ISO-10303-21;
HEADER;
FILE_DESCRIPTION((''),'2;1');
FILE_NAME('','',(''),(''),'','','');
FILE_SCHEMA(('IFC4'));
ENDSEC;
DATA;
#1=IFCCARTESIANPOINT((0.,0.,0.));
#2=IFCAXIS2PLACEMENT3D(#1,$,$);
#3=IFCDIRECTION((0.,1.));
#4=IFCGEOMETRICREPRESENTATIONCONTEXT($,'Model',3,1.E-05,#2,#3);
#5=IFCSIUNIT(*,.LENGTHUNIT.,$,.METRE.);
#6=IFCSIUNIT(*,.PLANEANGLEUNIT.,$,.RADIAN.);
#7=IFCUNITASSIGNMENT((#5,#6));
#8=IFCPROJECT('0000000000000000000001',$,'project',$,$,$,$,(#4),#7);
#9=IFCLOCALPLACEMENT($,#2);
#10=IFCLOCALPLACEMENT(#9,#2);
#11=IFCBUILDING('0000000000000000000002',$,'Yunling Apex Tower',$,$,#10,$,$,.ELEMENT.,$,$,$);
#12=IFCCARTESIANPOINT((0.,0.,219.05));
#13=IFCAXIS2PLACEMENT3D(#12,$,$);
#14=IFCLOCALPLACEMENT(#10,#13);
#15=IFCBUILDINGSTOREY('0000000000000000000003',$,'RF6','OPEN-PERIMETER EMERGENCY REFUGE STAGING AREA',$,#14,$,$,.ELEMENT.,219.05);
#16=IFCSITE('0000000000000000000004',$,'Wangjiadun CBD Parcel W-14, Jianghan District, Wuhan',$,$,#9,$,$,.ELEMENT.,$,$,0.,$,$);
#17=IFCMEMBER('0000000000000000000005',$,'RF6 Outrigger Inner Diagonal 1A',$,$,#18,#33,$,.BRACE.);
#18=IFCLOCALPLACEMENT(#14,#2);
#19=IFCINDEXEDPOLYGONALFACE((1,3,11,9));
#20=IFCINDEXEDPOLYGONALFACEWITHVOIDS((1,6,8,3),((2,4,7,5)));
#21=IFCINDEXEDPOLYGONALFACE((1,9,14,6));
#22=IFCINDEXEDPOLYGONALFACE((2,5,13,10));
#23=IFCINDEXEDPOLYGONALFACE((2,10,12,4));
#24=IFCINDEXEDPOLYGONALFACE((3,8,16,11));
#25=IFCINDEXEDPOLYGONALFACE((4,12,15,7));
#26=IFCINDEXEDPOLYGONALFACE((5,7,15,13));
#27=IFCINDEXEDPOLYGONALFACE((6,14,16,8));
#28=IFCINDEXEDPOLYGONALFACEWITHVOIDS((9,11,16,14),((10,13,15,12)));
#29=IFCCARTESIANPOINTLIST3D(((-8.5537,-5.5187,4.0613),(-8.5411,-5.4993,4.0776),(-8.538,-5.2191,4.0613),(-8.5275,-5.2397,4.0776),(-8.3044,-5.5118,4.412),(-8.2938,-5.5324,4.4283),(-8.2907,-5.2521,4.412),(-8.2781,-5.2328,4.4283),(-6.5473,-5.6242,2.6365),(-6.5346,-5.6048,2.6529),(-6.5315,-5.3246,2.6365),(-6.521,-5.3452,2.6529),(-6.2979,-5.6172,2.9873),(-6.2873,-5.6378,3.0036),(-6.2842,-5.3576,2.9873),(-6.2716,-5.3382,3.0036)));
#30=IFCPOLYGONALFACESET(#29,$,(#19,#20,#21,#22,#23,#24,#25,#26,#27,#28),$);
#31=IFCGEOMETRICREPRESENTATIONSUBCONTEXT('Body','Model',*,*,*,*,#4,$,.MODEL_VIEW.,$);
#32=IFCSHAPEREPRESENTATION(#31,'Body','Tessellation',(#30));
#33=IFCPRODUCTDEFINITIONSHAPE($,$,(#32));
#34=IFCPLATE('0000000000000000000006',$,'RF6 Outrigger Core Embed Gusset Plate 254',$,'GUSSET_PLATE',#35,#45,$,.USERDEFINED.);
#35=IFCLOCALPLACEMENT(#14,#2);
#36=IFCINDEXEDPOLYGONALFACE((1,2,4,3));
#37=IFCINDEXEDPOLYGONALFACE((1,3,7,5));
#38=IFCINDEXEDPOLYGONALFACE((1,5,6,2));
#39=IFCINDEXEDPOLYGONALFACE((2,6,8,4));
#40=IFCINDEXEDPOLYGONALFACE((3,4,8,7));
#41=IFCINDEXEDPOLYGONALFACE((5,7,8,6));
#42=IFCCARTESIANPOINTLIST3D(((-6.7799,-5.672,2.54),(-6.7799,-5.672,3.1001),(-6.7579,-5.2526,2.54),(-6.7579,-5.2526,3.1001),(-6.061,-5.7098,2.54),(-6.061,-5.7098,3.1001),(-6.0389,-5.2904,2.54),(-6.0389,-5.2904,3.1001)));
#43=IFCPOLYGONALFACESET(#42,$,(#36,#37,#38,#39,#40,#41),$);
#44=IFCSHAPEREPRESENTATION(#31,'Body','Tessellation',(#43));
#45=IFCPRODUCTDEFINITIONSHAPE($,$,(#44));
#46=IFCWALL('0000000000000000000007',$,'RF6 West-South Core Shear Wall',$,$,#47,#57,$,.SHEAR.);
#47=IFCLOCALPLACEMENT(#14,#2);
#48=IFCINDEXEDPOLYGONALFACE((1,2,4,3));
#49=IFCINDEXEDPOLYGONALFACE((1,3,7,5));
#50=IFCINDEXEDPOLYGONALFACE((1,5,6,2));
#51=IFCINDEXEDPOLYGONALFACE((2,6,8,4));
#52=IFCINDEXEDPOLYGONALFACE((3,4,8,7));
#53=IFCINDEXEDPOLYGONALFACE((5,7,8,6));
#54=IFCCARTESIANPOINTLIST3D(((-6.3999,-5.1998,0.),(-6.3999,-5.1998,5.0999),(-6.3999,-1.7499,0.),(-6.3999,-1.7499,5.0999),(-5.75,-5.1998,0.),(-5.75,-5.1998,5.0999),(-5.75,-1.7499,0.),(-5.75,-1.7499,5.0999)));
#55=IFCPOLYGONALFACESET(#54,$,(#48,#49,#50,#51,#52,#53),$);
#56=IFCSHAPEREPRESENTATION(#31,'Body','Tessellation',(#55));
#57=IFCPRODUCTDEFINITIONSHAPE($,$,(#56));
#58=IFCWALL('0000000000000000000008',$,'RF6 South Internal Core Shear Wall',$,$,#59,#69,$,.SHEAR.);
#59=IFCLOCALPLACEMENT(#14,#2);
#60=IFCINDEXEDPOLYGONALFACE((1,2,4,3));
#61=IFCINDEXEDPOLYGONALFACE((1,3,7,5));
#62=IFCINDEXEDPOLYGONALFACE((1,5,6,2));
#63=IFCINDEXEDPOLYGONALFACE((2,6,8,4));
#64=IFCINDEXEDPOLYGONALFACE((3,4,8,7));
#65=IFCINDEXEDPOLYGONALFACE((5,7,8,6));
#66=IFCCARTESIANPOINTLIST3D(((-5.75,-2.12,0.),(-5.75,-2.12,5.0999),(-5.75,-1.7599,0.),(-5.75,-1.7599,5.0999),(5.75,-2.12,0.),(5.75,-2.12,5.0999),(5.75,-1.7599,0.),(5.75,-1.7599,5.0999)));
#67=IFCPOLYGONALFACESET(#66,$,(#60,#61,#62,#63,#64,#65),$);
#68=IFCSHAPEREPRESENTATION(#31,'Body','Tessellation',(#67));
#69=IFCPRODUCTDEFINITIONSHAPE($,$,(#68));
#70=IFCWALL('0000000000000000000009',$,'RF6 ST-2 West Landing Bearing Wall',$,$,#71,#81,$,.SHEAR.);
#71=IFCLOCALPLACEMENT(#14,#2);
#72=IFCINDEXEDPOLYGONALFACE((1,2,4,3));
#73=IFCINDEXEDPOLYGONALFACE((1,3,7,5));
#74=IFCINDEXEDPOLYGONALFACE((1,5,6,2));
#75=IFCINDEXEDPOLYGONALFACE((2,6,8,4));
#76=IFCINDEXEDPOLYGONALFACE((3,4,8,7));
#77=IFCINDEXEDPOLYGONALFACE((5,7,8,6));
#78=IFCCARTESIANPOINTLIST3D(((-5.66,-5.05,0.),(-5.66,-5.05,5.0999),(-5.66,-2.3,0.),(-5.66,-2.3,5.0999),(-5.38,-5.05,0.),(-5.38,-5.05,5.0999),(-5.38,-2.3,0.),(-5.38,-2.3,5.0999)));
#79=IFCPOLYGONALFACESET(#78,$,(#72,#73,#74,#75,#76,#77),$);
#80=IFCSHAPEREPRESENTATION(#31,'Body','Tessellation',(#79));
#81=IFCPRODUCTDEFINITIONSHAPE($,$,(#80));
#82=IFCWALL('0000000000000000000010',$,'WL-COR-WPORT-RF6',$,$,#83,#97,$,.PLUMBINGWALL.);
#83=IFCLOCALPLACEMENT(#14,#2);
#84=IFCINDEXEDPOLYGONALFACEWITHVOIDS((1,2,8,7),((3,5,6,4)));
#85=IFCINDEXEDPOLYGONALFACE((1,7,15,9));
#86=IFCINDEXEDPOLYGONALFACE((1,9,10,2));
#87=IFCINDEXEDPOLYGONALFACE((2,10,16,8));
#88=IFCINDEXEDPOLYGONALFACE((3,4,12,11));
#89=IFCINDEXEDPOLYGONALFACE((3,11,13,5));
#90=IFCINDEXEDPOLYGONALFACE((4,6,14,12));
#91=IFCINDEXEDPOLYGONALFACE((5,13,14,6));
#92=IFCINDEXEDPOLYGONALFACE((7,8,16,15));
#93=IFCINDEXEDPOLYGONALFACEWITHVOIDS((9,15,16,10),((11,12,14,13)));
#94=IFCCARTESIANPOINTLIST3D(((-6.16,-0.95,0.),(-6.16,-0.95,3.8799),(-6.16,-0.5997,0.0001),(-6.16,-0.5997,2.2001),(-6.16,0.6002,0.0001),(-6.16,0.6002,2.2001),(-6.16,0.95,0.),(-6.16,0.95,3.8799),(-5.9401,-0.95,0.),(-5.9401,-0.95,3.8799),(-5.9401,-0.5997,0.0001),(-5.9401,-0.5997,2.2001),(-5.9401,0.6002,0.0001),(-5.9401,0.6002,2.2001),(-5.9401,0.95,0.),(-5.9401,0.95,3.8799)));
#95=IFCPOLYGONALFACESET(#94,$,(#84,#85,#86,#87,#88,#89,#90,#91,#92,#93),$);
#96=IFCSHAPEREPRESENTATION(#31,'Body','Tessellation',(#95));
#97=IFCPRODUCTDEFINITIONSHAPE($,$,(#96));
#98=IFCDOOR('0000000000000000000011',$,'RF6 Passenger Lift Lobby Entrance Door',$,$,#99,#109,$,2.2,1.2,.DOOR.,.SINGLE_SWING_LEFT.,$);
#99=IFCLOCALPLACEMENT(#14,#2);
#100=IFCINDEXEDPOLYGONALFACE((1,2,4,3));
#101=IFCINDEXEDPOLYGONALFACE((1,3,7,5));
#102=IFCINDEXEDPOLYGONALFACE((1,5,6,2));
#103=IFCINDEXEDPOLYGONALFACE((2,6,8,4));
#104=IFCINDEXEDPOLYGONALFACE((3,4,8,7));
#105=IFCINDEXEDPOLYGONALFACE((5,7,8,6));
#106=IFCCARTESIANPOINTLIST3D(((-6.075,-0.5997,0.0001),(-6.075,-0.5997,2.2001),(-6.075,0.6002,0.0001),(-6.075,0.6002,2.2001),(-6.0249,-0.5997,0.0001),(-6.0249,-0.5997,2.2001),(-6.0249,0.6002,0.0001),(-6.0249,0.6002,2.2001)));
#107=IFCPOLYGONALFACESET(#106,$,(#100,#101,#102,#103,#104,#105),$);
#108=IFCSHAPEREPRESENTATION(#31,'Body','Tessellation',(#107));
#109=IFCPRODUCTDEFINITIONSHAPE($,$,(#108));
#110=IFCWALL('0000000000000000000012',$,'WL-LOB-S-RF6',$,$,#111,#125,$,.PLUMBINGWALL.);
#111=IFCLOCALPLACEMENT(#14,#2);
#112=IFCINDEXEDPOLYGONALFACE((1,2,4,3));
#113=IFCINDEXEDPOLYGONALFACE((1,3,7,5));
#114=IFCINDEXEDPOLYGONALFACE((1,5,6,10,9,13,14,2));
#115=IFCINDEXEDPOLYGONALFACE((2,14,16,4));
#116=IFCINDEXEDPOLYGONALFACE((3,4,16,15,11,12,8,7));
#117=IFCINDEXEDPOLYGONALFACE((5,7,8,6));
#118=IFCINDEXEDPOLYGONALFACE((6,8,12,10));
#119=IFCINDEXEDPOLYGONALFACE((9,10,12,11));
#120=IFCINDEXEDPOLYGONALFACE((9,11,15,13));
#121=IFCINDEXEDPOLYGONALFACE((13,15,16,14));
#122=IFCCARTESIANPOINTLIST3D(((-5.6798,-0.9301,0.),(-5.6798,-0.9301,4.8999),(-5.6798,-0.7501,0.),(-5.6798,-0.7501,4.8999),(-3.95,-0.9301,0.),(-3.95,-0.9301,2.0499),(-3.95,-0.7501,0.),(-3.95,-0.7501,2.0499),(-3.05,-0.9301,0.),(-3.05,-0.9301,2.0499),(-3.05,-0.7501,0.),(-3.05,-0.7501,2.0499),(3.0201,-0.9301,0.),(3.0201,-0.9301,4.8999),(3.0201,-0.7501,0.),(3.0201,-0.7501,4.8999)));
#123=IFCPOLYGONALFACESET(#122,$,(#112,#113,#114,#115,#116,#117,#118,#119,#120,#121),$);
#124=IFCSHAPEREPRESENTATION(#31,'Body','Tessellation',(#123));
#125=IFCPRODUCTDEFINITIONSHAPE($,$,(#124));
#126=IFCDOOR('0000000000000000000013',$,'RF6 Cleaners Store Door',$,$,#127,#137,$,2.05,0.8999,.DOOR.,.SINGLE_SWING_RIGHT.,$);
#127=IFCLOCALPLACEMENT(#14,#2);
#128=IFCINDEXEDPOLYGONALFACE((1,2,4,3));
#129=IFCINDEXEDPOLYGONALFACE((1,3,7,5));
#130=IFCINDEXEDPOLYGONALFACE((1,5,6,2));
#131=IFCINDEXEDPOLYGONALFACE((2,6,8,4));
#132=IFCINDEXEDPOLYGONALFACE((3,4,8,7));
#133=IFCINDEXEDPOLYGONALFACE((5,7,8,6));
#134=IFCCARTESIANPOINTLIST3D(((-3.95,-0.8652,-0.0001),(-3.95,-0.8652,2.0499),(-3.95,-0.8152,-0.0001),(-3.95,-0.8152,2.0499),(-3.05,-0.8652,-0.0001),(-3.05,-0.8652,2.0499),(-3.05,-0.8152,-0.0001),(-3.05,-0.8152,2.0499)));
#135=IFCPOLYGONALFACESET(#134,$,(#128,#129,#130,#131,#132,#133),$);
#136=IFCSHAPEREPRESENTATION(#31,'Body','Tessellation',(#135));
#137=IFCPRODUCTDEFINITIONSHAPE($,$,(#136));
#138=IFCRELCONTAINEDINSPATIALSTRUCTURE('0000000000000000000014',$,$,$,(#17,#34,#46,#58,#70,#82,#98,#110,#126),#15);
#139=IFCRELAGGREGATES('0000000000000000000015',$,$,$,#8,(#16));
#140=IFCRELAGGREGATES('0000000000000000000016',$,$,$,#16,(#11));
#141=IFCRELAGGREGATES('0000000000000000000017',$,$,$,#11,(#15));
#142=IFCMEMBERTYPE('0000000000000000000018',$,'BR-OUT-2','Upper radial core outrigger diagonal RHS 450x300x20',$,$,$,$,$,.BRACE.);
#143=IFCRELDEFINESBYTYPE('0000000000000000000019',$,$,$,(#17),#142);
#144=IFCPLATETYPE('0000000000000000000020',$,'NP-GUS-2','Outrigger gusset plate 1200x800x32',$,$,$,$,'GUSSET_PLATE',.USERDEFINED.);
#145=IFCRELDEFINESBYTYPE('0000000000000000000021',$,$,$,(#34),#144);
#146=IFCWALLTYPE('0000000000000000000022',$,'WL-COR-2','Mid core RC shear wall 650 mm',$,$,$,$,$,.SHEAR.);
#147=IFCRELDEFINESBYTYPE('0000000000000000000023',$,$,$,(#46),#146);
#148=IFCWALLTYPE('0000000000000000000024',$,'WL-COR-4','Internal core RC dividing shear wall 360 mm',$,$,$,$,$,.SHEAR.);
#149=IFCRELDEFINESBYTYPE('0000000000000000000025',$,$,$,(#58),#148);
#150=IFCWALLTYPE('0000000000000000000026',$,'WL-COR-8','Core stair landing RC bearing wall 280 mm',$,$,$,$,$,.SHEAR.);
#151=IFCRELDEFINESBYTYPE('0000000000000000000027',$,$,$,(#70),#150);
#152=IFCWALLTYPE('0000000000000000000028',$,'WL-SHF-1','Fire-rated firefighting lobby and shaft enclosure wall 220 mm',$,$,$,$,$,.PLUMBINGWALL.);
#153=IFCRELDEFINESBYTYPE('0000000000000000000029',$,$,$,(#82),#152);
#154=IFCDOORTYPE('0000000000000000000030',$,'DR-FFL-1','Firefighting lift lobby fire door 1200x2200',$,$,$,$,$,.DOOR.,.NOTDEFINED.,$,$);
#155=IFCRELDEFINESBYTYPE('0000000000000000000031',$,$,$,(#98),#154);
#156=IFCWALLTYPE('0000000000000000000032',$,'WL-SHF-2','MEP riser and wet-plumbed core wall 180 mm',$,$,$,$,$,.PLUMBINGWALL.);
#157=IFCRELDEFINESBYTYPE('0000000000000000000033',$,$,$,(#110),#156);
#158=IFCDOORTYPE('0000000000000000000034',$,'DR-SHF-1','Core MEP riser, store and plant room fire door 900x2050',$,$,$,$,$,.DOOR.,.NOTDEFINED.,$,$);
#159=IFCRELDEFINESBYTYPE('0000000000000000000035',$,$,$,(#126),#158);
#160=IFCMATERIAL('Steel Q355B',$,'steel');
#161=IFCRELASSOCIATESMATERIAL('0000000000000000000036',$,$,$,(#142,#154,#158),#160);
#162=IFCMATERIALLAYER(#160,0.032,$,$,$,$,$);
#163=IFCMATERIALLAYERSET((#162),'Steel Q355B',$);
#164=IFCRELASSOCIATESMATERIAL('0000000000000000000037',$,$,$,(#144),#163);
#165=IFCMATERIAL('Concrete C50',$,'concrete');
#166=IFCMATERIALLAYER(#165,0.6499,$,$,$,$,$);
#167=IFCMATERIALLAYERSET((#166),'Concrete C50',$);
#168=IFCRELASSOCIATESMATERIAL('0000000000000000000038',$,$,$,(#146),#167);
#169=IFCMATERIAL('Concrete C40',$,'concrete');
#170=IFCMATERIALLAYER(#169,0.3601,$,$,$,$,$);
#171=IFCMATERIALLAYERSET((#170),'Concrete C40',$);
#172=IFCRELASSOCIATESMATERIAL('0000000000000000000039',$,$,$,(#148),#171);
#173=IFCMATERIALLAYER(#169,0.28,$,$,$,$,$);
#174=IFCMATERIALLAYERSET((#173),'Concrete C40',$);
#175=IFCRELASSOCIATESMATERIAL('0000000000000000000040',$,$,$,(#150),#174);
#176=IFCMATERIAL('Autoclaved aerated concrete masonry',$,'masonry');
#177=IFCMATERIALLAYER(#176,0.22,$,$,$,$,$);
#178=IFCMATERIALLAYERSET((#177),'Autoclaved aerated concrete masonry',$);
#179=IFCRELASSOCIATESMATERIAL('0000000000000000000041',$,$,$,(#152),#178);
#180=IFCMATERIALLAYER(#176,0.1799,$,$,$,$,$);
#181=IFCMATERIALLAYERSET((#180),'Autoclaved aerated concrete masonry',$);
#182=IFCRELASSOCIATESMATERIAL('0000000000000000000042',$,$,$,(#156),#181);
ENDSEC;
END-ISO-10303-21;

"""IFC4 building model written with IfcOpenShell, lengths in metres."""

from ifc_helpers import new_model, si_unit, direction, frame, frame_2d, origin, origin_2d, place, context, subcontext, project, spatial, rectangle, hollow_rectangle, extrude, source, transform, mapped, material, layer, layer_set, material_profile, profile_set, type_object, element, fill, save


model = new_model("IFC4")

# Units and contexts
model_context = context("Model", 3, precision=1e-05, world=origin(), true_north=direction((0.0, 1.0)))
body_context = subcontext(model_context, "Body", "Model", "MODEL_VIEW")
ifc_project = project(units=[si_unit("LENGTHUNIT", "METRE"), si_unit("PLANEANGLEUNIT", "RADIAN")], contexts=[model_context])

# Site, building, storey
site_placement = place(None, origin())
site = spatial("IfcSite", under=ifc_project, at=site_placement, Name="Wangjiadun CBD Parcel W-14, Jianghan District, Wuhan", CompositionType="ELEMENT", RefElevation=0.0)
building_placement = place(site_placement, origin())
building = spatial("IfcBuilding", under=site, at=building_placement, Name="Yunling Apex Tower", CompositionType="ELEMENT")
storey_placement = place(building_placement, frame((0.0, 0.0, 219.05)))
storey = spatial("IfcBuildingStorey", under=building, at=storey_placement, Name="RF6", Description="OPEN-PERIMETER EMERGENCY REFUGE STAGING AREA", CompositionType="ELEMENT", Elevation=219.05)

# Shared definitions
ifc_material_1 = material(Name="Concrete C50", Category="concrete")

# Shared definitions
ifc_material_2 = material(Name="Steel Q355B", Category="steel")

# Member
ifc_material_profile_1 = material_profile(ifc_material_2, hollow_rectangle(XDim=0.3, YDim=0.45, WallThickness=0.02, at=origin_2d()))
ifc_profile_set_1 = profile_set([ifc_material_profile_1], Name="Steel Q355B")
member_type_1 = type_object("IfcMemberType", Name="BR-OUT-2", Description="Upper radial core outrigger diagonal RHS 450x300x20", PredefinedType="BRACE", material=ifc_profile_set_1)
shared_shape_1 = source(origin(), body_context, "Body", "SweptSolid", [
    extrude(hollow_rectangle(XDim=0.3, YDim=0.45, WallThickness=0.02, at=origin_2d()), origin(), (0.0, 0.0, 1.0), 2.4631),
])
member_1_placement = place(storey_placement, frame((-6.4094, -5.4812, 2.8201), z_axis=(-0.814611, 0.042817, 0.578425), x_axis=(-0.052489, -0.998622, 0.0)))
element("IfcMember", 1, at=member_1_placement, inside=storey, type_object=member_type_1, Name="RF6 Outrigger Inner Diagonal 1A", PredefinedType="BRACE", context=body_context, shape_type="MappedRepresentation", body=[
    mapped(shared_shape_1, transform((0.0, 0.0, 0.0), scale=1.0)),
])

# Plate
ifc_layer_1 = layer(ifc_material_2, 0.032)
ifc_layer_set_1 = layer_set([ifc_layer_1], Name="Steel Q355B")
plate_type = type_object("IfcPlateType", Name="NP-GUS-2", Description="Outrigger gusset plate 1200x800x32", ElementType="GUSSET_PLATE", PredefinedType="USERDEFINED", material=ifc_layer_set_1)
shared_shape_2 = source(origin(), body_context, "Body", "SweptSolid", [
    extrude(rectangle(XDim=0.72, YDim=0.4199, at=origin_2d()), origin(), (0.0, 0.0, 1.0), 0.5601),
])
plate_placement = place(storey_placement, frame((-6.4094, -5.4812, 2.54), z_axis=(0.0, 0.0, 1.0), x_axis=(-0.99862, 0.05251, 0.0)))
element("IfcPlate", 2, at=plate_placement, inside=storey, type_object=plate_type, Name="RF6 Outrigger Core Embed Gusset Plate 254", ObjectType="GUSSET_PLATE", PredefinedType="USERDEFINED", context=body_context, shape_type="MappedRepresentation", body=[
    mapped(shared_shape_2, transform((0.0, 0.0, 0.0), scale=1.0)),
])

# Walls
ifc_layer_2 = layer(ifc_material_1, 0.6499)
ifc_layer_set_2 = layer_set([ifc_layer_2], Name="Concrete C50")
wall_type_1 = type_object("IfcWallType", Name="WL-COR-2", Description="Mid core RC shear wall 650 mm", PredefinedType="SHEAR", material=ifc_layer_set_2)
wall_1_placement = place(storey_placement, frame((-6.075, -5.2, 0.0), z_axis=(0.0, 0.0, 1.0), x_axis=(0.0, 1.0, 0.0)))
element("IfcWall", 3, at=wall_1_placement, inside=storey, type_object=wall_type_1, Name="RF6 West-South Core Shear Wall", PredefinedType="SHEAR", context=body_context, shape_type="SweptSolid", body=[
    extrude(rectangle(XDim=3.45, YDim=0.6499, at=frame_2d((1.7251, 0.0))), origin(), (0.0, 0.0, 1.0), 5.0999),
])
ifc_material_3 = material(Name="Concrete C40", Category="concrete")
ifc_layer_3 = layer(ifc_material_3, 0.3601)
ifc_layer_set_3 = layer_set([ifc_layer_3], Name="Concrete C40")
wall_type_2 = type_object("IfcWallType", Name="WL-COR-4", Description="Internal core RC dividing shear wall 360 mm", PredefinedType="SHEAR", material=ifc_layer_set_3)
wall_2_placement = place(storey_placement, frame((-5.75, -1.9399, 0.0), z_axis=(0.0, 0.0, 1.0), x_axis=(1.0, 0.0, 0.0)))
element("IfcWall", 4, at=wall_2_placement, inside=storey, type_object=wall_type_2, Name="RF6 South Internal Core Shear Wall", PredefinedType="SHEAR", context=body_context, shape_type="SweptSolid", body=[
    extrude(rectangle(XDim=11.5, YDim=0.3601, at=frame_2d((5.75, 0.0))), origin(), (0.0, 0.0, 1.0), 5.0999),
])
ifc_layer_4 = layer(ifc_material_3, 0.28)
ifc_layer_set_4 = layer_set([ifc_layer_4], Name="Concrete C40")
wall_type_3 = type_object("IfcWallType", Name="WL-COR-8", Description="Core stair landing RC bearing wall 280 mm", PredefinedType="SHEAR", material=ifc_layer_set_4)
wall_3_placement = place(storey_placement, frame((-5.52, -5.05, 0.0), z_axis=(0.0, 0.0, 1.0), x_axis=(0.0, 1.0, 0.0)))
element("IfcWall", 5, at=wall_3_placement, inside=storey, type_object=wall_type_3, Name="RF6 ST-2 West Landing Bearing Wall", PredefinedType="SHEAR", context=body_context, shape_type="SweptSolid", body=[
    extrude(rectangle(XDim=2.75, YDim=0.28, at=frame_2d((1.375, 0.0))), origin(), (0.0, 0.0, 1.0), 5.0999),
])

# Walls, openings, doors
ifc_material_4 = material(Name="Autoclaved aerated concrete masonry", Category="masonry")
ifc_layer_5 = layer(ifc_material_4, 0.22)
ifc_layer_set_5 = layer_set([ifc_layer_5], Name="Autoclaved aerated concrete masonry")
wall_type_4 = type_object("IfcWallType", Name="WL-SHF-1", Description="Fire-rated firefighting lobby and shaft enclosure wall 220 mm", PredefinedType="PLUMBINGWALL", material=ifc_layer_set_5)
wall_4_placement = place(storey_placement, frame((-6.05, -0.95, 0.0), z_axis=(0.0, 0.0, 1.0), x_axis=(0.0, 1.0, 0.0)))
wall_4 = element("IfcWall", 6, at=wall_4_placement, inside=storey, type_object=wall_type_4, Name="WL-COR-WPORT-RF6", PredefinedType="PLUMBINGWALL", context=body_context, shape_type="SweptSolid", body=[
    extrude(rectangle(XDim=1.8999, YDim=0.22, at=frame_2d((0.95, 0.0))), origin(), (0.0, 0.0, 1.0), 3.8799),
])
opening_1_placement = place(wall_4_placement, frame((0.3501, 0.0, 0.0)))
opening_1 = element("IfcOpeningElement", 7, at=opening_1_placement, cuts=wall_4, PredefinedType="OPENING", context=body_context, shape_type="SweptSolid", body=[
    extrude(rectangle(XDim=1.2, YDim=2.2, at=frame_2d((0.6001, 1.1001))), frame((0.0, 0.1201, 0.0), z_axis=(0.0, -1.0, 0.0), x_axis=(1.0, 0.0, 0.0)), (0.0, 0.0, 1.0), 0.24),
])
door_type_1 = type_object("IfcDoorType", Name="DR-FFL-1", Description="Firefighting lift lobby fire door 1200x2200", OperationType="NOTDEFINED", PredefinedType="DOOR", material=ifc_material_2)
door_1_placement = place(opening_1_placement, origin())
door_1 = element("IfcDoor", 8, at=door_1_placement, inside=storey, type_object=door_type_1, Name="RF6 Passenger Lift Lobby Entrance Door", OperationType="SINGLE_SWING_LEFT", OverallHeight=2.2, OverallWidth=1.2, PredefinedType="DOOR", context=body_context, shape_type="SweptSolid", body=[
    extrude(rectangle(XDim=1.2, YDim=2.2, at=frame_2d((0.6001, 1.1001))), frame((0.0, 0.0249, 0.0), z_axis=(0.0, -1.0, 0.0), x_axis=(1.0, 0.0, 0.0)), (0.0, 0.0, 1.0), 0.05),
])
fill(opening_1, door_1)
ifc_layer_6 = layer(ifc_material_4, 0.1799)
ifc_layer_set_6 = layer_set([ifc_layer_6], Name="Autoclaved aerated concrete masonry")
wall_type_5 = type_object("IfcWallType", Name="WL-SHF-2", Description="MEP riser and wet-plumbed core wall 180 mm", PredefinedType="PLUMBINGWALL", material=ifc_layer_set_6)
wall_5_placement = place(storey_placement, frame((-5.6799, -0.8401, 0.0), z_axis=(0.0, 0.0, 1.0), x_axis=(1.0, 0.0, 0.0)))
wall_5 = element("IfcWall", 9, at=wall_5_placement, inside=storey, type_object=wall_type_5, Name="WL-LOB-S-RF6", PredefinedType="PLUMBINGWALL", context=body_context, shape_type="SweptSolid", body=[
    extrude(rectangle(XDim=8.7, YDim=0.1799, at=frame_2d((4.3501, 0.0))), origin(), (0.0, 0.0, 1.0), 4.8999),
])
opening_2_placement = place(wall_5_placement, frame((1.73, 0.0, 0.0)))
opening_2 = element("IfcOpeningElement", 10, at=opening_2_placement, cuts=wall_5, PredefinedType="OPENING", context=body_context, shape_type="SweptSolid", body=[
    extrude(rectangle(XDim=0.8999, YDim=2.05, at=frame_2d((0.45, 1.0249))), frame((0.0, 0.1001, 0.0), z_axis=(0.0, -1.0, 0.0), x_axis=(1.0, 0.0, 0.0)), (0.0, 0.0, 1.0), 0.2),
])
door_type_2 = type_object("IfcDoorType", Name="DR-SHF-1", Description="Core MEP riser, store and plant room fire door 900x2050", OperationType="NOTDEFINED", PredefinedType="DOOR", material=ifc_material_2)
door_2_placement = place(opening_2_placement, origin())
door_2 = element("IfcDoor", 11, at=door_2_placement, inside=storey, type_object=door_type_2, Name="RF6 Cleaners Store Door", OperationType="SINGLE_SWING_RIGHT", OverallHeight=2.05, OverallWidth=0.8999, PredefinedType="DOOR", context=body_context, shape_type="SweptSolid", body=[
    extrude(rectangle(XDim=0.8999, YDim=2.05, at=frame_2d((0.45, 1.0249))), frame((0.0, 0.0249, 0.0), z_axis=(0.0, -1.0, 0.0), x_axis=(1.0, 0.0, 0.0)), (0.0, 0.0, 1.0), 0.05),
])
fill(opening_2, door_2)

save(model, "model.ifc")
